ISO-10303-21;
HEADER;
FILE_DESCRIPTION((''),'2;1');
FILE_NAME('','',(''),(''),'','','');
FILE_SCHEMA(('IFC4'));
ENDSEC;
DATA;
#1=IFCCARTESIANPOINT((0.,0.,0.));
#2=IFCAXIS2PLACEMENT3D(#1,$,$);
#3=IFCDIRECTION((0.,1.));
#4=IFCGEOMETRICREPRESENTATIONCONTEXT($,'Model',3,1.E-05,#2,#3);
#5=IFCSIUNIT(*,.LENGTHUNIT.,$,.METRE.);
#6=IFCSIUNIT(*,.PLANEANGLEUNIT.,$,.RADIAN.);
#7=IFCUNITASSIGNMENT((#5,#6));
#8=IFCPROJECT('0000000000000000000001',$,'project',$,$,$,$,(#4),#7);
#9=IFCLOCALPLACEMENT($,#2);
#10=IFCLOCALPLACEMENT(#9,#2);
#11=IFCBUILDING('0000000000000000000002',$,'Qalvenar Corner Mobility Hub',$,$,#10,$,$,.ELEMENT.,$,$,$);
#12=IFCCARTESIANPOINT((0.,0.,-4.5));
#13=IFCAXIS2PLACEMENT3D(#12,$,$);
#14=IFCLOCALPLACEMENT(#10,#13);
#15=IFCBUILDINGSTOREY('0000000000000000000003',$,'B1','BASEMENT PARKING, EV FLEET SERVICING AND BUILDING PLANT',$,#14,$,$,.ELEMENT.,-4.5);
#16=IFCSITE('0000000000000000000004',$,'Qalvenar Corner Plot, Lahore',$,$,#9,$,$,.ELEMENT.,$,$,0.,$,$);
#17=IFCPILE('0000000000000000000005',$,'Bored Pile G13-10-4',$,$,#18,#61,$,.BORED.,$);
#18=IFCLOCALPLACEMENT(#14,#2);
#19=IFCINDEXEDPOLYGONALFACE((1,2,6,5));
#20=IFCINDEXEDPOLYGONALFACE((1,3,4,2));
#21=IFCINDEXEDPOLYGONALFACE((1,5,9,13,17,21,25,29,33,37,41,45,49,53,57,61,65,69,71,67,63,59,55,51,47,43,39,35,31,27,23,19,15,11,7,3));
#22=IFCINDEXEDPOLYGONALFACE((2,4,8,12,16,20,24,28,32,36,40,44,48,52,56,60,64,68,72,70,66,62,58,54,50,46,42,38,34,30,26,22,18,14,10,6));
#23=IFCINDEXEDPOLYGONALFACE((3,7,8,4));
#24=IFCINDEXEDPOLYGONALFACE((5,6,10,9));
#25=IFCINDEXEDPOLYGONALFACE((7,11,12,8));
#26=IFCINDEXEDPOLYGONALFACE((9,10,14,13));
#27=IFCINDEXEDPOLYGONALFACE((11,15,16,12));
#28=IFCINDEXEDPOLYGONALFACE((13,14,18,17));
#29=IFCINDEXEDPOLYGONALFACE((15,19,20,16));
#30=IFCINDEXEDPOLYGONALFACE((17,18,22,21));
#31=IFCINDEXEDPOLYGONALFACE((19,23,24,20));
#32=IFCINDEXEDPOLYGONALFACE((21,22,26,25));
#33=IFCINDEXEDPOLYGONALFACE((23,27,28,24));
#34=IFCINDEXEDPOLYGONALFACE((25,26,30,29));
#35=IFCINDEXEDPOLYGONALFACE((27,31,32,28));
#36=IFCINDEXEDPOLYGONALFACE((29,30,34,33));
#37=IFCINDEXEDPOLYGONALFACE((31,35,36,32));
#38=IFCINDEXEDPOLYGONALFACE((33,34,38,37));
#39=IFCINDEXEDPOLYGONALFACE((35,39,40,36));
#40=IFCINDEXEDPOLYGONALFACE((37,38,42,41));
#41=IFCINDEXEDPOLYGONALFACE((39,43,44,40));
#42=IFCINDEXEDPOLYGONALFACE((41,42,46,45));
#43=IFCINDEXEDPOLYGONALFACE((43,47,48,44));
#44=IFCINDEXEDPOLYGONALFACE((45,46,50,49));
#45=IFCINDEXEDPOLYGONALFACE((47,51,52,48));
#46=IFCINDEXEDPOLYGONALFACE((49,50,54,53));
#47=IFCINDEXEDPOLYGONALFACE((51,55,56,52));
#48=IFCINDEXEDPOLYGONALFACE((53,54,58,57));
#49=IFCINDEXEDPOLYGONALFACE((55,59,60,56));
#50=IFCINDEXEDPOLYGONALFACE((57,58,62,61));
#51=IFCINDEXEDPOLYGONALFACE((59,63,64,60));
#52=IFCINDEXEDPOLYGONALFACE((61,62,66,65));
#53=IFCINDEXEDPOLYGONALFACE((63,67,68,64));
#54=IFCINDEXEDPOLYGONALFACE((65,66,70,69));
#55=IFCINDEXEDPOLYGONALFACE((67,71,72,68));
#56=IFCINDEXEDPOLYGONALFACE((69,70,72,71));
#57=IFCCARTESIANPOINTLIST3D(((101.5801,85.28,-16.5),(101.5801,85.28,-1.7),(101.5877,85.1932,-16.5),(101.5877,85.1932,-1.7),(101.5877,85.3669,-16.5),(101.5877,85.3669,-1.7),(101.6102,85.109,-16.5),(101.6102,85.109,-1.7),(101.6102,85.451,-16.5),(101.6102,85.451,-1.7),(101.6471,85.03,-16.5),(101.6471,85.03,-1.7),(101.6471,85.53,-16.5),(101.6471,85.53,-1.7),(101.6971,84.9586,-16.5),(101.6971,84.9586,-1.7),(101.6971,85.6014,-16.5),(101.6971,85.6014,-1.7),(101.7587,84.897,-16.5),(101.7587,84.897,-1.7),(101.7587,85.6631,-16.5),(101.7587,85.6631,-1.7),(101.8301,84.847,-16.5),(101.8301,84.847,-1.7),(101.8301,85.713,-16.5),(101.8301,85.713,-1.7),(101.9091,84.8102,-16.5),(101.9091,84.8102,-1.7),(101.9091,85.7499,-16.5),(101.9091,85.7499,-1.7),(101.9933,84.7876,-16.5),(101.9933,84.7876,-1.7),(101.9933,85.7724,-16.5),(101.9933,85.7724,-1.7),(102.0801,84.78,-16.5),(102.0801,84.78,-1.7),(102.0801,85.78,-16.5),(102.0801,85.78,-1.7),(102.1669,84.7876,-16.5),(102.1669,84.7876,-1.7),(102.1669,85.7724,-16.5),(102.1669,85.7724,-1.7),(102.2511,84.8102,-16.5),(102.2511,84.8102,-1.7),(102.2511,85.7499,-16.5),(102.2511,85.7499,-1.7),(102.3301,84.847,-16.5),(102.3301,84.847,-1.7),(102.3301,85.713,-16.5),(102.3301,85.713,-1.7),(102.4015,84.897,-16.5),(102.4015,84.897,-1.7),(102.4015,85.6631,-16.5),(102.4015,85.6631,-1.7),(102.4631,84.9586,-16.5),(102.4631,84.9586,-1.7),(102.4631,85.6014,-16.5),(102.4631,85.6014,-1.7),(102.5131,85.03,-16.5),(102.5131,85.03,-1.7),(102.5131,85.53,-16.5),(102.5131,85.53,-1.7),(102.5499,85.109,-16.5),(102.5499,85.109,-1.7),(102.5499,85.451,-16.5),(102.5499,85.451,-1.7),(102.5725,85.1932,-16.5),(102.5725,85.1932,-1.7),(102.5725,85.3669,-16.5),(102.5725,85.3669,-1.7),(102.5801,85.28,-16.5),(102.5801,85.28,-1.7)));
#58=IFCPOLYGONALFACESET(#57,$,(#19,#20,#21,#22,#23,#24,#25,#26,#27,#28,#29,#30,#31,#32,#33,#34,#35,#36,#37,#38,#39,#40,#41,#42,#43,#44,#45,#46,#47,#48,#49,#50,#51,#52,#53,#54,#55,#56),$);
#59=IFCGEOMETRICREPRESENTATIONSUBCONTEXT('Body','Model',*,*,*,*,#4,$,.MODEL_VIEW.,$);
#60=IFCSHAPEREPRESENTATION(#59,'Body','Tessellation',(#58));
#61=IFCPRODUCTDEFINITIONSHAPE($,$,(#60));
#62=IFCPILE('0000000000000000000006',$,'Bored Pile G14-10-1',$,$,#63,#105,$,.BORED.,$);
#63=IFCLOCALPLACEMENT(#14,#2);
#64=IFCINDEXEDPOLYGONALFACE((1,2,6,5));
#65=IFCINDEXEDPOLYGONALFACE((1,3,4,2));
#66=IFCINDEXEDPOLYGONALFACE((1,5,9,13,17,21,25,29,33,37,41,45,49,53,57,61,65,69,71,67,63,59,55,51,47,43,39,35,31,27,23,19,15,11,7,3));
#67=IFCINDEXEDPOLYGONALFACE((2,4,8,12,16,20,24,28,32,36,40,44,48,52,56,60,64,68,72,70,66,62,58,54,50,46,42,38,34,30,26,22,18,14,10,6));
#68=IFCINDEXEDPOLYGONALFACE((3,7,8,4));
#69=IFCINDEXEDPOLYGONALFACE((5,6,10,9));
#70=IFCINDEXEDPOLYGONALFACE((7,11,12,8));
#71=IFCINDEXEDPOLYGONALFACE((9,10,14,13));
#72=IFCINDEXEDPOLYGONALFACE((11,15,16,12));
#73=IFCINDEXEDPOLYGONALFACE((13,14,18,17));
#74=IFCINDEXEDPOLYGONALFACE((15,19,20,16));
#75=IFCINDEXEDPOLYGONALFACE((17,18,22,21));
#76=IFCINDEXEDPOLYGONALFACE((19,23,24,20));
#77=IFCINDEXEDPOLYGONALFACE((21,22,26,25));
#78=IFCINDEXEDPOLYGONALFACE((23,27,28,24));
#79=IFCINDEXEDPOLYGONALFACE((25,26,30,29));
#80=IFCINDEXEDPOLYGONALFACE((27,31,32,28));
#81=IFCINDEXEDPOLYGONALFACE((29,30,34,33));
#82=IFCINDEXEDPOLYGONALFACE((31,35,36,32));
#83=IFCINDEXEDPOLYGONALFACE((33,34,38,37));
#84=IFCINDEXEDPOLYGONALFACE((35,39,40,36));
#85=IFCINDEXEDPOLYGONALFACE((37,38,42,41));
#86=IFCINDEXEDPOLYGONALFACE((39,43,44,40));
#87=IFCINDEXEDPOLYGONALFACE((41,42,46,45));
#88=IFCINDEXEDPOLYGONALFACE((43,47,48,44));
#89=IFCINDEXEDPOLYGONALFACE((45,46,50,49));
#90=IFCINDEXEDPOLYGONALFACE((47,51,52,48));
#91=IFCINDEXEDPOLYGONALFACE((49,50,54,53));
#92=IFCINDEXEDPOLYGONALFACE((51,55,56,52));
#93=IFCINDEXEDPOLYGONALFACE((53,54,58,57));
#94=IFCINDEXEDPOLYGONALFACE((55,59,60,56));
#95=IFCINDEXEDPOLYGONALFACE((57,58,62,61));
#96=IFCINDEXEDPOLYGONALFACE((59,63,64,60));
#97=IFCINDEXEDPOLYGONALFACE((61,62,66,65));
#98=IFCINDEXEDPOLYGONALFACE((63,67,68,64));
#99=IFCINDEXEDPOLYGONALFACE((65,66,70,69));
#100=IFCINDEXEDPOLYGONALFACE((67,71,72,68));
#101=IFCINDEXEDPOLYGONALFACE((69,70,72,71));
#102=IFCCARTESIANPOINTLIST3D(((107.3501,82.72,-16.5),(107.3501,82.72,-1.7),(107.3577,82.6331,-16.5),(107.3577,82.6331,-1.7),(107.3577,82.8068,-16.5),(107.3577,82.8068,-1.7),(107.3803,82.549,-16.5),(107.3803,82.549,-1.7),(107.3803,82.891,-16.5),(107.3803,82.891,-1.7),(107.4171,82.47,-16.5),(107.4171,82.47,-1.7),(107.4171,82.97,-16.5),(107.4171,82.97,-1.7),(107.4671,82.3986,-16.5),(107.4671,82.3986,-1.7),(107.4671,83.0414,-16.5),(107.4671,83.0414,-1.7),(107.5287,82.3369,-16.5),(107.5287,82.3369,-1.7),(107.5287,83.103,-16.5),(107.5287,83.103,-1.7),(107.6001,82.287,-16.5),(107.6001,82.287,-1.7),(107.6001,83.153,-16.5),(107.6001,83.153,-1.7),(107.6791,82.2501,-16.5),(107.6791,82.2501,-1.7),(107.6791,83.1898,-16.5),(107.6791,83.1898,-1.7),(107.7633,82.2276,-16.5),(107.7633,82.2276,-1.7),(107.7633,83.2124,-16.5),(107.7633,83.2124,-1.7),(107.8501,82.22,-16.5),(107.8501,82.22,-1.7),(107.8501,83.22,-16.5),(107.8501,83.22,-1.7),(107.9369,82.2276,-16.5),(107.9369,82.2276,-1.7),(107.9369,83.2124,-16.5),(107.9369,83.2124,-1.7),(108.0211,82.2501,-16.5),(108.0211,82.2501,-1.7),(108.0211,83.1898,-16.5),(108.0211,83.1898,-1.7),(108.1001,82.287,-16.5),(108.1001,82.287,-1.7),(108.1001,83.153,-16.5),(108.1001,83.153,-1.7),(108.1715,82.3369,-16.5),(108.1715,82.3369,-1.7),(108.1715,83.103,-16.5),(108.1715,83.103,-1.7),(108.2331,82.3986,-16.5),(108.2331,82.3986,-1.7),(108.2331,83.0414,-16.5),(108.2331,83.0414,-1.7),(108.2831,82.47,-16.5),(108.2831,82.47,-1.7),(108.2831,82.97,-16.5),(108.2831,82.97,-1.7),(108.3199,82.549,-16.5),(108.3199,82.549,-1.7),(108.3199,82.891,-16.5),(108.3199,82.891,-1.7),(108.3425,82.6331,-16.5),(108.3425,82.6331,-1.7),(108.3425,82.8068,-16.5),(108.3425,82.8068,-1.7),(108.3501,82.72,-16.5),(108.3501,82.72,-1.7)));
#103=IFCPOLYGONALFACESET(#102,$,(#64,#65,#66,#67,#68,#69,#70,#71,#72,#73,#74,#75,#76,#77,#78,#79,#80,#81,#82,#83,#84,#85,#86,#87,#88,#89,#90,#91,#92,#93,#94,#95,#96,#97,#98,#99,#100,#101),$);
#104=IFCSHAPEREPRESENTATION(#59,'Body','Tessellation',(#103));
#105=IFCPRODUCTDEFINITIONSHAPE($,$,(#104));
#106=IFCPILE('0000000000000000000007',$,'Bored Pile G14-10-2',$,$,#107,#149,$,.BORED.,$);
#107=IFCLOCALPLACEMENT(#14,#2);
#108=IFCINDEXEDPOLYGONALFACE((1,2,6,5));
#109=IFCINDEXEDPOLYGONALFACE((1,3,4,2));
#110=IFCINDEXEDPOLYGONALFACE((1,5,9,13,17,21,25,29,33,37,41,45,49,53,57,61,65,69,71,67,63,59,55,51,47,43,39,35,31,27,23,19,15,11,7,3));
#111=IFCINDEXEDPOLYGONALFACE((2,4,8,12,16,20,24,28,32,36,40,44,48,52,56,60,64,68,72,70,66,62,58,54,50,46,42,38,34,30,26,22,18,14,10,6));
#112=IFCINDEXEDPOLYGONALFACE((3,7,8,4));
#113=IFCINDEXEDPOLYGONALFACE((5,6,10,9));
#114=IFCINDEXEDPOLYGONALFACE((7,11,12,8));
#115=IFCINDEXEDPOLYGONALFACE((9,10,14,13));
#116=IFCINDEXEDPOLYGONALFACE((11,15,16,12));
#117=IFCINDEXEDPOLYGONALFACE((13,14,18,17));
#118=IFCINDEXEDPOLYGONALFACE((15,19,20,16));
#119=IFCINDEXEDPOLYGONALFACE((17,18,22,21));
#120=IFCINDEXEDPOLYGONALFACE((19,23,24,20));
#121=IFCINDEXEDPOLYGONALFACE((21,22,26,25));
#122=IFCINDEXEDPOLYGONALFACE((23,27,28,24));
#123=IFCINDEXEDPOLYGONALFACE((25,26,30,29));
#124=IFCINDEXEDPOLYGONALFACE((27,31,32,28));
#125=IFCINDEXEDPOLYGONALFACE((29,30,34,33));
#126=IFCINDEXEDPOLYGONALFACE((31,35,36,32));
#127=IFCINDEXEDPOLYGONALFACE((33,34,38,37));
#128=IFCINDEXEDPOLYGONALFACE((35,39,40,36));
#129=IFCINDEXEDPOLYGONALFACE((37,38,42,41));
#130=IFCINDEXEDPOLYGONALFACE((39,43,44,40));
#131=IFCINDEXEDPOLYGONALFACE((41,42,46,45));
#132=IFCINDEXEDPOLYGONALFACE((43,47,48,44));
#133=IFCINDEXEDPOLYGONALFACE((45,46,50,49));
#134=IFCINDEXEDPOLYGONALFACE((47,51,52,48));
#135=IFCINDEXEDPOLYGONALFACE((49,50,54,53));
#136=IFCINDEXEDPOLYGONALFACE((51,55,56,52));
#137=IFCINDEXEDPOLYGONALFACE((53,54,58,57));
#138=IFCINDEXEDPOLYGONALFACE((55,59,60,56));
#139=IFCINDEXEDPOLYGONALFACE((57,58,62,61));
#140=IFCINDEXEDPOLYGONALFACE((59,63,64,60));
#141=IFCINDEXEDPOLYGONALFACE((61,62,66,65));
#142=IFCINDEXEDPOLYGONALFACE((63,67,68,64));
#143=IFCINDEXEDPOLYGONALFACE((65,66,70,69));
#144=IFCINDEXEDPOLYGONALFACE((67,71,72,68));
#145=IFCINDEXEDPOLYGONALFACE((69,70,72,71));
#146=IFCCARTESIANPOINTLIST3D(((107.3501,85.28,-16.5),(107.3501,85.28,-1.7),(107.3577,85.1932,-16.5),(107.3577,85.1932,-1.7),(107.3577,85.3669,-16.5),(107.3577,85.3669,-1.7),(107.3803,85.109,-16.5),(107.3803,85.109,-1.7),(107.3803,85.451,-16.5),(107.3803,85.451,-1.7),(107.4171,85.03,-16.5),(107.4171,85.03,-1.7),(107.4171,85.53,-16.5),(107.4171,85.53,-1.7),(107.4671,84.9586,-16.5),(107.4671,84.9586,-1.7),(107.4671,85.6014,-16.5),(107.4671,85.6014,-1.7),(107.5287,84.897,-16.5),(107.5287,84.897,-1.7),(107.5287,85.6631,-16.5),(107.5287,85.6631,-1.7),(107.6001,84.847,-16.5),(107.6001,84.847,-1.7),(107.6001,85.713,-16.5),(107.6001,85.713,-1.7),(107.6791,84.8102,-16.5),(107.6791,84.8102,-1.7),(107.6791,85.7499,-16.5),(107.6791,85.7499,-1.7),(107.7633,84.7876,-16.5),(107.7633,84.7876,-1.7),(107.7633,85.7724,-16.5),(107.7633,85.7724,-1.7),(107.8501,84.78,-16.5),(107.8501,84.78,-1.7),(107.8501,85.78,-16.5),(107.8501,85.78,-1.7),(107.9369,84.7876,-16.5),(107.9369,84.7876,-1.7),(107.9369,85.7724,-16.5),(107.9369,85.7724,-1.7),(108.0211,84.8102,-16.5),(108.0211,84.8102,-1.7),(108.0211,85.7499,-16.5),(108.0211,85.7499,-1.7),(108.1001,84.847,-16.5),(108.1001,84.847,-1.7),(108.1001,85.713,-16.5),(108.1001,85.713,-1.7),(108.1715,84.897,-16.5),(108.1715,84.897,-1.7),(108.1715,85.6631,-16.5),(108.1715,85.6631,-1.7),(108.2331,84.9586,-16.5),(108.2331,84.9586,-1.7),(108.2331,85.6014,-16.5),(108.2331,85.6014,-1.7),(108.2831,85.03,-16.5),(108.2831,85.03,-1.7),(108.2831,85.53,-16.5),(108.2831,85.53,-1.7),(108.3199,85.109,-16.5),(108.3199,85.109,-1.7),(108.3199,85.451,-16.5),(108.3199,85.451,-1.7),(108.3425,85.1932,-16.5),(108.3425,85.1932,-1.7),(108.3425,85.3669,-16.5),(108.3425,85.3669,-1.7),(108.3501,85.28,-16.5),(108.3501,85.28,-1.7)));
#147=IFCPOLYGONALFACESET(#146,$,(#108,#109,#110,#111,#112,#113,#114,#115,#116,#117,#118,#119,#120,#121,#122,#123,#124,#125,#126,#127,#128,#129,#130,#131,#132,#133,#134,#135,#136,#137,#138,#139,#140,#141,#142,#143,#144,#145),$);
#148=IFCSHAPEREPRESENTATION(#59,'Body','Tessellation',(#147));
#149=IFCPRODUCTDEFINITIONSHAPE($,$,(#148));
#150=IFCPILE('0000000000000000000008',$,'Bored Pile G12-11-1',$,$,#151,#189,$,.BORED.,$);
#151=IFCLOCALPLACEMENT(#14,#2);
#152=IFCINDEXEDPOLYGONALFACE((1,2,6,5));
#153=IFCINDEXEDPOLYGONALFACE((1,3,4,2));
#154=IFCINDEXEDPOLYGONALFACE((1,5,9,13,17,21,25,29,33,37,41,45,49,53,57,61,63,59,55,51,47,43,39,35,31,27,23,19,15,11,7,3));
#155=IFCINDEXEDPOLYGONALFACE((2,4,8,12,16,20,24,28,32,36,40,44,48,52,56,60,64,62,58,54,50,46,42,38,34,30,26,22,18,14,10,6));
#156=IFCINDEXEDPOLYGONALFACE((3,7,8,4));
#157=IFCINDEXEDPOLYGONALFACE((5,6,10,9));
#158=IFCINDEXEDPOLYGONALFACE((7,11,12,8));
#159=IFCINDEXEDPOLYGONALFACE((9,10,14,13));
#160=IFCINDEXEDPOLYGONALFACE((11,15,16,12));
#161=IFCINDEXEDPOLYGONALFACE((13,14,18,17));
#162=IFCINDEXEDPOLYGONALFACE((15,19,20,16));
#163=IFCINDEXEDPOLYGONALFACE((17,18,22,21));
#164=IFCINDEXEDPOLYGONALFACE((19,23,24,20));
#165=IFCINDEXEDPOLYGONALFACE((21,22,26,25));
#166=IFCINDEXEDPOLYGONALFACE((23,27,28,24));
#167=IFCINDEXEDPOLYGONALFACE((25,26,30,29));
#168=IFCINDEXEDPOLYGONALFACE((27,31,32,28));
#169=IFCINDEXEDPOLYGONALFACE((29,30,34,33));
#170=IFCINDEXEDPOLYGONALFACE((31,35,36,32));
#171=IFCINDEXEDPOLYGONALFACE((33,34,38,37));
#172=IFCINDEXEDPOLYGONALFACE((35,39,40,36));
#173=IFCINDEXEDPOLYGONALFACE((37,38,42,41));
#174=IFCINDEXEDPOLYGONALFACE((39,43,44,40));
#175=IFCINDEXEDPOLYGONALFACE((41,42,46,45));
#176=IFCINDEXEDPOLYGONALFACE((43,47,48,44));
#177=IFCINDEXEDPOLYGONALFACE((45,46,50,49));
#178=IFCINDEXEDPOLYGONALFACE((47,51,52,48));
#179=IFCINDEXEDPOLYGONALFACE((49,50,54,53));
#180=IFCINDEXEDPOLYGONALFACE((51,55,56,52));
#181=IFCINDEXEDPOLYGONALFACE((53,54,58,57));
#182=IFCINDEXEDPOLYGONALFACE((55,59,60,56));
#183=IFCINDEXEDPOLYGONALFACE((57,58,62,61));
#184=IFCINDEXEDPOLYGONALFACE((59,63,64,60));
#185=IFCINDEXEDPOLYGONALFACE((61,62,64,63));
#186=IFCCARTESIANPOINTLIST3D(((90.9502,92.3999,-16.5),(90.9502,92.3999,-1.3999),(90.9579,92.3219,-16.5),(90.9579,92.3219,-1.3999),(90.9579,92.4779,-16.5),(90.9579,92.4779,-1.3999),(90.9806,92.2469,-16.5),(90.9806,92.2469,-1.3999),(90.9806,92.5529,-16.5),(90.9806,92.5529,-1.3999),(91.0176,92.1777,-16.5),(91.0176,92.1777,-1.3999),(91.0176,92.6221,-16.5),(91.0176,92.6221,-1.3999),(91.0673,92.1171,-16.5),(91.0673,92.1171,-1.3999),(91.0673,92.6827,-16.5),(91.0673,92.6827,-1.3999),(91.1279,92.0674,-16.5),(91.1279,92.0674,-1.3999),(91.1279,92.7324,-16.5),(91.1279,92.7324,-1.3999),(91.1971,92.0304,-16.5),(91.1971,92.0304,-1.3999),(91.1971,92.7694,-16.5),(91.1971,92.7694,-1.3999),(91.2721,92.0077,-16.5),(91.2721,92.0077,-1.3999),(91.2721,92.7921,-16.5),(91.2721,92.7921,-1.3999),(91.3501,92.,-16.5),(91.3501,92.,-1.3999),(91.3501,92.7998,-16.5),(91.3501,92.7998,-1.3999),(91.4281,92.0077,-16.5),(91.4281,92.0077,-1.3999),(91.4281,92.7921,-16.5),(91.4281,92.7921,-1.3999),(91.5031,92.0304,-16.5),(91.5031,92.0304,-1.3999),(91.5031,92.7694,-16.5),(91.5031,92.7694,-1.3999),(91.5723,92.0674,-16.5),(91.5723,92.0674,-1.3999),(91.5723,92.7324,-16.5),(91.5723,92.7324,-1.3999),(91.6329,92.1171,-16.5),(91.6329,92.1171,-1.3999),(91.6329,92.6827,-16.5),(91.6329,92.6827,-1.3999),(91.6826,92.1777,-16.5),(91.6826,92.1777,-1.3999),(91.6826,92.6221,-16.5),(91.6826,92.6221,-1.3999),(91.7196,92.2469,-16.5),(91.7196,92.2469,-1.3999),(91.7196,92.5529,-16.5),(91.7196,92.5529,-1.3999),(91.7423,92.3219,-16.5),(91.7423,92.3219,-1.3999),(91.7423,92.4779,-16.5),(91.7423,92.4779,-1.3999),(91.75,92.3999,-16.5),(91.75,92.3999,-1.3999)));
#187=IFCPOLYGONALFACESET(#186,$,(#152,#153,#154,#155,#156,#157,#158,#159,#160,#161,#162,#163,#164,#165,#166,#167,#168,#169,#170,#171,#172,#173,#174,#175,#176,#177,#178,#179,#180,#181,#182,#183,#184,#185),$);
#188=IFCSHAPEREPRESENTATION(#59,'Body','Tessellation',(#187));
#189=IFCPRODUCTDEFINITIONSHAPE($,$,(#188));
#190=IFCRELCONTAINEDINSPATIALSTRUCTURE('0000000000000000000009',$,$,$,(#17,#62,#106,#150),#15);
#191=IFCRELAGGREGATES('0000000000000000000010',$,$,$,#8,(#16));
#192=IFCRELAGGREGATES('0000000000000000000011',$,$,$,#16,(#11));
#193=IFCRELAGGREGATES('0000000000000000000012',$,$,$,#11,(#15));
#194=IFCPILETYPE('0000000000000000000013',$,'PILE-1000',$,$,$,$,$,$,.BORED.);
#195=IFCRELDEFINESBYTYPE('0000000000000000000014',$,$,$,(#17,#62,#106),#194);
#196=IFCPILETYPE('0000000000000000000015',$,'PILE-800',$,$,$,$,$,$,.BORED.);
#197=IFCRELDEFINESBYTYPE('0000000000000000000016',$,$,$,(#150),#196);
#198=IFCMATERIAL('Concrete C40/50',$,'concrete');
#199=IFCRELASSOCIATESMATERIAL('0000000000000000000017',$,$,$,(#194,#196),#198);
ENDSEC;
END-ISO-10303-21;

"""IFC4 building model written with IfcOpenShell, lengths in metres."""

from ifc_helpers import new_model, si_unit, direction, frame, origin, origin_2d, place, context, subcontext, project, spatial, circle, extrude, material, material_profile, profile_set, type_object, element, save


model = new_model("IFC4")

# Units and contexts
model_context = context("Model", 3, precision=1e-05, world=origin(), true_north=direction((0.0, 1.0)))
body_context = subcontext(model_context, "Body", "Model", "MODEL_VIEW")
ifc_project = project(units=[si_unit("LENGTHUNIT", "METRE"), si_unit("PLANEANGLEUNIT", "RADIAN")], contexts=[model_context])

# Site, building, storey
site_placement = place(None, origin())
site = spatial("IfcSite", under=ifc_project, at=site_placement, Name="Qalvenar Corner Plot, Lahore", CompositionType="ELEMENT", RefElevation=0.0)
building_placement = place(site_placement, origin())
building = spatial("IfcBuilding", under=site, at=building_placement, Name="Qalvenar Corner Mobility Hub", CompositionType="ELEMENT")
storey_placement = place(building_placement, frame((0.0, 0.0, -4.5)))
storey = spatial("IfcBuildingStorey", under=building, at=storey_placement, Name="B1", Description="BASEMENT PARKING, EV FLEET SERVICING AND BUILDING PLANT", CompositionType="ELEMENT", Elevation=-4.5)

# Shared definitions
ifc_material_1 = material(Name="Concrete C40/50", Category="concrete")

# Piles
ifc_material_profile_1 = material_profile(ifc_material_1, circle(Radius=0.5, at=origin_2d()), Name="DIA1000")
ifc_profile_set_1 = profile_set([ifc_material_profile_1], Name="Concrete C40/50")
pile_type_1 = type_object("IfcPileType", Name="PILE-1000", PredefinedType="BORED", material=ifc_profile_set_1)
for number, where, z_axis, x_axis, name in (
    (1, (102.0801, 85.28, -1.7), (0.0, 0.0, -1.0), (1.0, 0.0, 0.0), "Bored Pile G13-10-4"),
    (2, (107.8501, 82.72, -1.7), (0.0, 0.0, -1.0), (1.0, 0.0, 0.0), "Bored Pile G14-10-1"),
    (3, (107.8501, 85.28, -1.7), (0.0, 0.0, -1.0), (1.0, 0.0, 0.0), "Bored Pile G14-10-2"),
):
    element("IfcPile", number, at=place(storey_placement, frame(where, z_axis=z_axis, x_axis=x_axis)), inside=storey, type_object=pile_type_1, Name=name, PredefinedType="BORED", context=body_context, shape_type="SweptSolid", body=[
        extrude(circle(Radius=0.5, at=origin_2d()), origin(), (0.0, 0.0, 1.0), 14.8),
    ])
ifc_material_profile_2 = material_profile(ifc_material_1, circle(Radius=0.3999, at=origin_2d()), Name="DIA800")
ifc_profile_set_2 = profile_set([ifc_material_profile_2], Name="Concrete C40/50")
pile_type_2 = type_object("IfcPileType", Name="PILE-800", PredefinedType="BORED", material=ifc_profile_set_2)
for number, where, z_axis, x_axis, name in (
    (4, (91.3501, 92.3999, -1.3999), (0.0, 0.0, -1.0), (1.0, 0.0, 0.0), "Bored Pile G12-11-1"),
):
    element("IfcPile", number, at=place(storey_placement, frame(where, z_axis=z_axis, x_axis=x_axis)), inside=storey, type_object=pile_type_2, Name=name, PredefinedType="BORED", context=body_context, shape_type="SweptSolid", body=[
        extrude(circle(Radius=0.3999, at=origin_2d()), origin(), (0.0, 0.0, 1.0), 15.1001),
    ])

save(model, "model.ifc")
